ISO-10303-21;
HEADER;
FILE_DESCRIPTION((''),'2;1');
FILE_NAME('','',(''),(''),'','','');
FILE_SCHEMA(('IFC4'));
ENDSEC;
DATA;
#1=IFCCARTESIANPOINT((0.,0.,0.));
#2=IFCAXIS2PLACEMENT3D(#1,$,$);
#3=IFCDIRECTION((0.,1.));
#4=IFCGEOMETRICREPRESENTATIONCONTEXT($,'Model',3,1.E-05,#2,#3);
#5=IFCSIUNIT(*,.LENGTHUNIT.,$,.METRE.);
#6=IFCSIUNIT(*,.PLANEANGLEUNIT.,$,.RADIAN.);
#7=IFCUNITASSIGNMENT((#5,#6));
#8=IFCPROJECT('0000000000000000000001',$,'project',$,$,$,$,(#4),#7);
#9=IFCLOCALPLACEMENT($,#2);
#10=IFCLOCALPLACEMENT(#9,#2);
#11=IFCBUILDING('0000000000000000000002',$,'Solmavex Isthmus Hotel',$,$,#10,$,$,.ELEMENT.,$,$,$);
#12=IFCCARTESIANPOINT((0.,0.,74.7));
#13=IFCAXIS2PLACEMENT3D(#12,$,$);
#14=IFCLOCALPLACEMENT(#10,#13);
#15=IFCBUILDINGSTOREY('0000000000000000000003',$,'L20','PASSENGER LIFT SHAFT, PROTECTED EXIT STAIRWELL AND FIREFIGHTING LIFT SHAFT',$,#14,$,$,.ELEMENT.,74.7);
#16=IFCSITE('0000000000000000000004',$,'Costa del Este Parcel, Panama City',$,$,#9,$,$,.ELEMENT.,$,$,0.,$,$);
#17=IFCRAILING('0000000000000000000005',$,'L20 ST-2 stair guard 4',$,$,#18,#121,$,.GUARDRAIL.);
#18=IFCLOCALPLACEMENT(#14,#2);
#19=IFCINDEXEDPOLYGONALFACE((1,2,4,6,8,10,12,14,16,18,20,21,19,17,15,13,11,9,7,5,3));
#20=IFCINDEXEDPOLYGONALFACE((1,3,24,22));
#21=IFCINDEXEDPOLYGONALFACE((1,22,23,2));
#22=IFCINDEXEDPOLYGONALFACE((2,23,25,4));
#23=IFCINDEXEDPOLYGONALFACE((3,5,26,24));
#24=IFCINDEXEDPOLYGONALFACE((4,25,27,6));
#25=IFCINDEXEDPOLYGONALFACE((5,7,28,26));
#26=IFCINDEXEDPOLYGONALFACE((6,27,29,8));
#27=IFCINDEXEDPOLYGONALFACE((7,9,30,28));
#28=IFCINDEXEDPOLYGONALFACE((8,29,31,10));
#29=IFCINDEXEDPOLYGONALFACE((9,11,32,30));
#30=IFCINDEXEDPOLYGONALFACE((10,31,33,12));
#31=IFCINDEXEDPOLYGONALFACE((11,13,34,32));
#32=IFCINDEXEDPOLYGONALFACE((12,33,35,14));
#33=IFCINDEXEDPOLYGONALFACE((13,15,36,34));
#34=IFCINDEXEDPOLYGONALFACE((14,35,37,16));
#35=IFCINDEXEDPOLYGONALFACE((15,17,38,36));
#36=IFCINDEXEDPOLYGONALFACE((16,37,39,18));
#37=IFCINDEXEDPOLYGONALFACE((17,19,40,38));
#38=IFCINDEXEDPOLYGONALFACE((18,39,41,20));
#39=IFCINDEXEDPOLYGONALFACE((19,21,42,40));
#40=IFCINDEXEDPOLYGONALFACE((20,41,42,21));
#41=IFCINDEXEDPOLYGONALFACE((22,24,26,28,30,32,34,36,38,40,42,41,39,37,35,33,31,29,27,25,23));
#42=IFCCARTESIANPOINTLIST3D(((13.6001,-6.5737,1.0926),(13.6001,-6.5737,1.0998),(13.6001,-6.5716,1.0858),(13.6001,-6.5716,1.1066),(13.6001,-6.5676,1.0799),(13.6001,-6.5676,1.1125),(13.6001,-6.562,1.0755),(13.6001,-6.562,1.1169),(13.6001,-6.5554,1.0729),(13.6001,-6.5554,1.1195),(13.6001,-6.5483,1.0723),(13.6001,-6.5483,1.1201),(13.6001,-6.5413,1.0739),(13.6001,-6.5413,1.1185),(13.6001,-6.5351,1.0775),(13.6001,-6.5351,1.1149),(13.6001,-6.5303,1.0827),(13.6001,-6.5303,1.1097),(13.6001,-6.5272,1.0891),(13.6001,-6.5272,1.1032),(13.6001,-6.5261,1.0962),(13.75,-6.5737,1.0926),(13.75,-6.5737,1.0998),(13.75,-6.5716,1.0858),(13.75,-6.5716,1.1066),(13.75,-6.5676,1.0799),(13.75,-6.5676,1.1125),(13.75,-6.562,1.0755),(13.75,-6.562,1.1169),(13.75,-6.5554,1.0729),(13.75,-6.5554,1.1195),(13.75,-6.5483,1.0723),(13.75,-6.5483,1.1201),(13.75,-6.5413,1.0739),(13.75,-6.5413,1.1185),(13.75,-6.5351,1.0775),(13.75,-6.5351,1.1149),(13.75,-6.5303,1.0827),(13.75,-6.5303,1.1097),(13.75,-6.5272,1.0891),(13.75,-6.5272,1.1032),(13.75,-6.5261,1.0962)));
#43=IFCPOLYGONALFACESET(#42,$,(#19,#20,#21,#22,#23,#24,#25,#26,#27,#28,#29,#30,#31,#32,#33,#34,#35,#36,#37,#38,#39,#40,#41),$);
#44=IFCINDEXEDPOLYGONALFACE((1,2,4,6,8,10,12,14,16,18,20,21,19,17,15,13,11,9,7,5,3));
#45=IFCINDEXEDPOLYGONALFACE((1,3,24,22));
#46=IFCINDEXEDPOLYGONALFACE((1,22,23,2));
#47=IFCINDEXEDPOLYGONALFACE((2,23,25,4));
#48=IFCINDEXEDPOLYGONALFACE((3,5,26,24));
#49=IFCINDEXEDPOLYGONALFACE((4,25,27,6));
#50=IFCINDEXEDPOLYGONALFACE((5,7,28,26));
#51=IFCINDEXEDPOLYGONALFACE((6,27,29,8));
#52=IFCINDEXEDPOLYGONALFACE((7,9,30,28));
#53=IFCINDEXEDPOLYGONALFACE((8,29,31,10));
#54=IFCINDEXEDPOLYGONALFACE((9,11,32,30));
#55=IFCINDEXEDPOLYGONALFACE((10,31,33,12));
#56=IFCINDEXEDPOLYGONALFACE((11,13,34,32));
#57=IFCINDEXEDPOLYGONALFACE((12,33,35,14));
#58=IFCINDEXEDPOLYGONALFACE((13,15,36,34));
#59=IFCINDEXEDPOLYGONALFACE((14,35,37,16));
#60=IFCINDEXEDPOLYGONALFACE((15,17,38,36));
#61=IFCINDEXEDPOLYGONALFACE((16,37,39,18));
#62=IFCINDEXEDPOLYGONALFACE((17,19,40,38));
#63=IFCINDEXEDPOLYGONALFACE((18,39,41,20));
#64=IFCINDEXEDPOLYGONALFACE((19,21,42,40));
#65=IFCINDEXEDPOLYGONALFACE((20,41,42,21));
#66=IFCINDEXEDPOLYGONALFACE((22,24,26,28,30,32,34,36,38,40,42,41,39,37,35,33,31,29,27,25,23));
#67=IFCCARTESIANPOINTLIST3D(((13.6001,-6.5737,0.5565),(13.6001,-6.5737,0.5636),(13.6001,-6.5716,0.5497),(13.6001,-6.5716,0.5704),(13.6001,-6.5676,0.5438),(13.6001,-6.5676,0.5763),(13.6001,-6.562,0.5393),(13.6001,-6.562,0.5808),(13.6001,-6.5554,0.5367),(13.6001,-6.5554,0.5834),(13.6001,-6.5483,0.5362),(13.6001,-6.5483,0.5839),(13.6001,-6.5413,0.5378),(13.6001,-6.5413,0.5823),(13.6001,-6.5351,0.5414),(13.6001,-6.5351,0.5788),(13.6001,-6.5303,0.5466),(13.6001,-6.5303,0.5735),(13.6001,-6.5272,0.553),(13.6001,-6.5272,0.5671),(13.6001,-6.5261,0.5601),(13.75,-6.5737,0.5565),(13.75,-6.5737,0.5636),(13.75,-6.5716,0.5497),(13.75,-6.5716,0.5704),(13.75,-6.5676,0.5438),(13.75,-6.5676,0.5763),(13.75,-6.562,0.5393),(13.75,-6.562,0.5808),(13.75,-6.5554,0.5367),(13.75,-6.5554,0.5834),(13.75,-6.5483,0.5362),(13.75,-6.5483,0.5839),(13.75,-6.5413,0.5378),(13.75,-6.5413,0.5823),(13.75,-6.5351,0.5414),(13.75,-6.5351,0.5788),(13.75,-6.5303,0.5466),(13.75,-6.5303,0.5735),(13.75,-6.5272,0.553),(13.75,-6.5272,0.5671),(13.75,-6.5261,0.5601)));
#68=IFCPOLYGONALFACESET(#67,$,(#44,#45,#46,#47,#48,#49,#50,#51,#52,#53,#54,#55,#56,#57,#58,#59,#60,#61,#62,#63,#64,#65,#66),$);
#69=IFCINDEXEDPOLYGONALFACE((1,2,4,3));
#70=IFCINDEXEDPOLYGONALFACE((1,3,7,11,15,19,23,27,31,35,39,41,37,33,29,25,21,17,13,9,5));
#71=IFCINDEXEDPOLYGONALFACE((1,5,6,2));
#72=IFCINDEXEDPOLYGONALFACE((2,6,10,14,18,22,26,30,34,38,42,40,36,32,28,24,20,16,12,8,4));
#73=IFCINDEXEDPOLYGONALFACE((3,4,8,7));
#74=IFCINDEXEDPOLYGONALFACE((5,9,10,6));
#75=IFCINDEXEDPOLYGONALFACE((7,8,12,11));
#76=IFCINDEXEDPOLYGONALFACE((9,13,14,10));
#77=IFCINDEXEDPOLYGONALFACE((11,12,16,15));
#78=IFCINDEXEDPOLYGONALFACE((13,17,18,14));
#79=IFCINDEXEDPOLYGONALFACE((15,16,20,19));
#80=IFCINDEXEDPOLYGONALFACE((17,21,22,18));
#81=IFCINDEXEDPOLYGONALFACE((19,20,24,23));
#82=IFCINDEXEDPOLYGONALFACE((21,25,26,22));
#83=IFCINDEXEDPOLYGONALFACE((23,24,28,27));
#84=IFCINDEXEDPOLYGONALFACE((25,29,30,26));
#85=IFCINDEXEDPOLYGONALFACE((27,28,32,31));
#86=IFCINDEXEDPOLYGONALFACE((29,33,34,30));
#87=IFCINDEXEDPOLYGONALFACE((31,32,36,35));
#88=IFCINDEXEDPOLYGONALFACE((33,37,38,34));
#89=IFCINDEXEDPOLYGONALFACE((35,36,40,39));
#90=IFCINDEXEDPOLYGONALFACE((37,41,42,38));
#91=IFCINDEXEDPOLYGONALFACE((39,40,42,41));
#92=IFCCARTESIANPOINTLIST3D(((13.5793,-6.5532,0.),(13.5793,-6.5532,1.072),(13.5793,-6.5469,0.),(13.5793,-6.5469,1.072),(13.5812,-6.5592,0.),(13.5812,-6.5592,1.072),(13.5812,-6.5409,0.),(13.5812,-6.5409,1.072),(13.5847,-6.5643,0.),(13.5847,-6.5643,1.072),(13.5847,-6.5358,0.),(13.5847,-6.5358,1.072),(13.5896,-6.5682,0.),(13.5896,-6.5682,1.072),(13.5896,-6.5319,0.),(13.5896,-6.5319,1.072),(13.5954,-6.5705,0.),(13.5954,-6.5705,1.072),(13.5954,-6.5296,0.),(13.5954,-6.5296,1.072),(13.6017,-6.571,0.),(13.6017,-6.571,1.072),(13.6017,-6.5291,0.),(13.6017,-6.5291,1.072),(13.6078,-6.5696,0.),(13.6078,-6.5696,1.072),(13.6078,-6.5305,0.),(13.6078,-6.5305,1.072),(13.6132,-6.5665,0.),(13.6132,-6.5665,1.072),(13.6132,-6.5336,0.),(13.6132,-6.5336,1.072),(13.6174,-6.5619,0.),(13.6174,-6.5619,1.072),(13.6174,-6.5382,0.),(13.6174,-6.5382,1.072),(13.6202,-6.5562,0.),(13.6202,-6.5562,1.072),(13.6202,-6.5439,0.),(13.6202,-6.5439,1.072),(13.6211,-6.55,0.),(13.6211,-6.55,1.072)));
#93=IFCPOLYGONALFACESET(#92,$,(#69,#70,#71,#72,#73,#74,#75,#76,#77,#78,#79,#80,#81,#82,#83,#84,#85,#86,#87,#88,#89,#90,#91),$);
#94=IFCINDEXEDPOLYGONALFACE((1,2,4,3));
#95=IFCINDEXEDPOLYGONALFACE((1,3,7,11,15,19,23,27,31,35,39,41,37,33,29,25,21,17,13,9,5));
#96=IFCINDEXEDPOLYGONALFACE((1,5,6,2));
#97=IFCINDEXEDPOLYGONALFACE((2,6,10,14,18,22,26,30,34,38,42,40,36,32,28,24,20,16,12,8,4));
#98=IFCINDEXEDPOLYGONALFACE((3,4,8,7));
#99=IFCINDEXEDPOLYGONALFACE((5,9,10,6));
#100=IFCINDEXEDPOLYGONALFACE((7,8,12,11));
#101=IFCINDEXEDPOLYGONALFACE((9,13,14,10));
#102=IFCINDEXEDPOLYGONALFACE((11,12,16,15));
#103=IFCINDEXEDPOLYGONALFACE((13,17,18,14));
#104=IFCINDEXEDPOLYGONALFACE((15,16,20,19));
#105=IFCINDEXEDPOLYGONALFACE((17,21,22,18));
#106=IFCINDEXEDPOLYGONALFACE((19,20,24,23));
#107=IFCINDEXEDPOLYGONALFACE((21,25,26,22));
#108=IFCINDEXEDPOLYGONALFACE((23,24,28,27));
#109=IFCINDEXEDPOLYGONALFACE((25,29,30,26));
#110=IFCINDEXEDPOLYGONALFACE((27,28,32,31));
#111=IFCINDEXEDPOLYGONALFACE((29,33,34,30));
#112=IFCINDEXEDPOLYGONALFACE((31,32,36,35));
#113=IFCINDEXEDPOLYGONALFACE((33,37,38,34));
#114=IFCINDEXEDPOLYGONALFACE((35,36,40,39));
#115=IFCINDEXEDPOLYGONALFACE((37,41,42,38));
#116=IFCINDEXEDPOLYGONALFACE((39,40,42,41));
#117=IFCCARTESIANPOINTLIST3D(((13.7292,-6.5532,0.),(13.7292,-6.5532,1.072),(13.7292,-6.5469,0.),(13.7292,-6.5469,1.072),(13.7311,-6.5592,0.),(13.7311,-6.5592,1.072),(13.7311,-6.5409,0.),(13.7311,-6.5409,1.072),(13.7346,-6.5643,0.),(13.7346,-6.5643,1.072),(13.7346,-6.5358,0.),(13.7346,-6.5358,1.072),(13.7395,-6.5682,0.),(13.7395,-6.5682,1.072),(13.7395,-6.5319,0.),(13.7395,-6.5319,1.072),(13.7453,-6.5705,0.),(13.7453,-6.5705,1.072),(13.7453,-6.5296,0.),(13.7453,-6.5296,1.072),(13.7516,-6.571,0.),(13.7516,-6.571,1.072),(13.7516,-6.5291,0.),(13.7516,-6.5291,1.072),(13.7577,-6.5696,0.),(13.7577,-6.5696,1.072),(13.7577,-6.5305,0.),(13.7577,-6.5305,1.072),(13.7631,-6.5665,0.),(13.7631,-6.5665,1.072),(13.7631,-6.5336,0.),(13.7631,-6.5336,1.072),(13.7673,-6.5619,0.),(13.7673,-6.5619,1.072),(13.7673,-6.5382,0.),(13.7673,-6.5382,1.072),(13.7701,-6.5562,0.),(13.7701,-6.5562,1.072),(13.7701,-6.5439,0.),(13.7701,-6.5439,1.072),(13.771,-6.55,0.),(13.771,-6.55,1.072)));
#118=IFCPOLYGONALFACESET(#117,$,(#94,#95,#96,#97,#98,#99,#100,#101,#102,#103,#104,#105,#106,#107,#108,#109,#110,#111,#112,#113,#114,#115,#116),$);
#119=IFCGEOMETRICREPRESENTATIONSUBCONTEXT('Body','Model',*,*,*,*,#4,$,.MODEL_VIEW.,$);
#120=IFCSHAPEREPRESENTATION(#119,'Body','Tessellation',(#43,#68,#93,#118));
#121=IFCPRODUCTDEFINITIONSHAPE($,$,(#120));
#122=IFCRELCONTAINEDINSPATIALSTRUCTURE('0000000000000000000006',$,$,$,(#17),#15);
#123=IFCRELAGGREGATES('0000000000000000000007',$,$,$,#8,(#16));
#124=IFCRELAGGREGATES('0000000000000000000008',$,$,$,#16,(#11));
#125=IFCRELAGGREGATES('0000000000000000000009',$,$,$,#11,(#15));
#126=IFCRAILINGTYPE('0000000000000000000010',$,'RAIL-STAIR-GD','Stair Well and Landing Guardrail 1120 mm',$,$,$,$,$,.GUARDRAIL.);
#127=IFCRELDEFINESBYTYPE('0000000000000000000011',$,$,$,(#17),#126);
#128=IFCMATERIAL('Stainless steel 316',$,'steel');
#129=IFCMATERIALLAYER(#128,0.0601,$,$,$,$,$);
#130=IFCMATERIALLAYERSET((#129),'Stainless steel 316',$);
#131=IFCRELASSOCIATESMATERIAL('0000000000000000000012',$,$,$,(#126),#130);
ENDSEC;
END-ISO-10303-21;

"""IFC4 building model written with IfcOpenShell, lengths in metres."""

from ifc_helpers import new_model, si_unit, direction, frame, origin, origin_2d, place, context, subcontext, project, spatial, circle, extrude, material, layer, layer_set, type_object, element, save


model = new_model("IFC4")

# Units and contexts
model_context = context("Model", 3, precision=1e-05, world=origin(), true_north=direction((0.0, 1.0)))
body_context = subcontext(model_context, "Body", "Model", "MODEL_VIEW")
ifc_project = project(units=[si_unit("LENGTHUNIT", "METRE"), si_unit("PLANEANGLEUNIT", "RADIAN")], contexts=[model_context])

# Site, building, storey
site_placement = place(None, origin())
site = spatial("IfcSite", under=ifc_project, at=site_placement, Name="Costa del Este Parcel, Panama City", CompositionType="ELEMENT", RefElevation=0.0)
building_placement = place(site_placement, origin())
building = spatial("IfcBuilding", under=site, at=building_placement, Name="Solmavex Isthmus Hotel", CompositionType="ELEMENT")
storey_placement = place(building_placement, frame((0.0, 0.0, 74.7)))
storey = spatial("IfcBuildingStorey", under=building, at=storey_placement, Name="L20", Description="PASSENGER LIFT SHAFT, PROTECTED EXIT STAIRWELL AND FIREFIGHTING LIFT SHAFT", CompositionType="ELEMENT", Elevation=74.7)

# Railing
ifc_material_1 = material(Name="Stainless steel 316", Category="steel")
ifc_layer_1 = layer(ifc_material_1, 0.0601)
ifc_layer_set_1 = layer_set([ifc_layer_1], Name="Stainless steel 316")
railing_type_1 = type_object("IfcRailingType", Name="RAIL-STAIR-GD", Description="Stair Well and Landing Guardrail 1120 mm", PredefinedType="GUARDRAIL", material=ifc_layer_set_1)
railing_1_placement = place(storey_placement, frame((13.6001, -6.55, 0.0)))
element("IfcRailing", 1, at=railing_1_placement, inside=storey, type_object=railing_type_1, Name="L20 ST-2 stair guard 4", PredefinedType="GUARDRAIL", context=body_context, shape_type="SweptSolid", body=[
    extrude(circle(Radius=0.0239, at=origin_2d()), frame((0.0, 0.0, 1.0962), z_axis=(1.0, 0.0, 0.0), x_axis=(0.0, 1.0, 0.0)), (0.0, 0.0, 1.0), 0.1499),
    extrude(circle(Radius=0.0239, at=origin_2d()), frame((0.0, 0.0, 0.5601), z_axis=(1.0, 0.0, 0.0), x_axis=(0.0, 1.0, 0.0)), (0.0, 0.0, 1.0), 0.1499),
    extrude(circle(Radius=0.021, at=origin_2d()), origin(), (0.0, 0.0, 1.0), 1.072),
    extrude(circle(Radius=0.021, at=origin_2d()), frame((0.1499, 0.0, 0.0)), (0.0, 0.0, 1.0), 1.072),
])

save(model, "model.ifc")
